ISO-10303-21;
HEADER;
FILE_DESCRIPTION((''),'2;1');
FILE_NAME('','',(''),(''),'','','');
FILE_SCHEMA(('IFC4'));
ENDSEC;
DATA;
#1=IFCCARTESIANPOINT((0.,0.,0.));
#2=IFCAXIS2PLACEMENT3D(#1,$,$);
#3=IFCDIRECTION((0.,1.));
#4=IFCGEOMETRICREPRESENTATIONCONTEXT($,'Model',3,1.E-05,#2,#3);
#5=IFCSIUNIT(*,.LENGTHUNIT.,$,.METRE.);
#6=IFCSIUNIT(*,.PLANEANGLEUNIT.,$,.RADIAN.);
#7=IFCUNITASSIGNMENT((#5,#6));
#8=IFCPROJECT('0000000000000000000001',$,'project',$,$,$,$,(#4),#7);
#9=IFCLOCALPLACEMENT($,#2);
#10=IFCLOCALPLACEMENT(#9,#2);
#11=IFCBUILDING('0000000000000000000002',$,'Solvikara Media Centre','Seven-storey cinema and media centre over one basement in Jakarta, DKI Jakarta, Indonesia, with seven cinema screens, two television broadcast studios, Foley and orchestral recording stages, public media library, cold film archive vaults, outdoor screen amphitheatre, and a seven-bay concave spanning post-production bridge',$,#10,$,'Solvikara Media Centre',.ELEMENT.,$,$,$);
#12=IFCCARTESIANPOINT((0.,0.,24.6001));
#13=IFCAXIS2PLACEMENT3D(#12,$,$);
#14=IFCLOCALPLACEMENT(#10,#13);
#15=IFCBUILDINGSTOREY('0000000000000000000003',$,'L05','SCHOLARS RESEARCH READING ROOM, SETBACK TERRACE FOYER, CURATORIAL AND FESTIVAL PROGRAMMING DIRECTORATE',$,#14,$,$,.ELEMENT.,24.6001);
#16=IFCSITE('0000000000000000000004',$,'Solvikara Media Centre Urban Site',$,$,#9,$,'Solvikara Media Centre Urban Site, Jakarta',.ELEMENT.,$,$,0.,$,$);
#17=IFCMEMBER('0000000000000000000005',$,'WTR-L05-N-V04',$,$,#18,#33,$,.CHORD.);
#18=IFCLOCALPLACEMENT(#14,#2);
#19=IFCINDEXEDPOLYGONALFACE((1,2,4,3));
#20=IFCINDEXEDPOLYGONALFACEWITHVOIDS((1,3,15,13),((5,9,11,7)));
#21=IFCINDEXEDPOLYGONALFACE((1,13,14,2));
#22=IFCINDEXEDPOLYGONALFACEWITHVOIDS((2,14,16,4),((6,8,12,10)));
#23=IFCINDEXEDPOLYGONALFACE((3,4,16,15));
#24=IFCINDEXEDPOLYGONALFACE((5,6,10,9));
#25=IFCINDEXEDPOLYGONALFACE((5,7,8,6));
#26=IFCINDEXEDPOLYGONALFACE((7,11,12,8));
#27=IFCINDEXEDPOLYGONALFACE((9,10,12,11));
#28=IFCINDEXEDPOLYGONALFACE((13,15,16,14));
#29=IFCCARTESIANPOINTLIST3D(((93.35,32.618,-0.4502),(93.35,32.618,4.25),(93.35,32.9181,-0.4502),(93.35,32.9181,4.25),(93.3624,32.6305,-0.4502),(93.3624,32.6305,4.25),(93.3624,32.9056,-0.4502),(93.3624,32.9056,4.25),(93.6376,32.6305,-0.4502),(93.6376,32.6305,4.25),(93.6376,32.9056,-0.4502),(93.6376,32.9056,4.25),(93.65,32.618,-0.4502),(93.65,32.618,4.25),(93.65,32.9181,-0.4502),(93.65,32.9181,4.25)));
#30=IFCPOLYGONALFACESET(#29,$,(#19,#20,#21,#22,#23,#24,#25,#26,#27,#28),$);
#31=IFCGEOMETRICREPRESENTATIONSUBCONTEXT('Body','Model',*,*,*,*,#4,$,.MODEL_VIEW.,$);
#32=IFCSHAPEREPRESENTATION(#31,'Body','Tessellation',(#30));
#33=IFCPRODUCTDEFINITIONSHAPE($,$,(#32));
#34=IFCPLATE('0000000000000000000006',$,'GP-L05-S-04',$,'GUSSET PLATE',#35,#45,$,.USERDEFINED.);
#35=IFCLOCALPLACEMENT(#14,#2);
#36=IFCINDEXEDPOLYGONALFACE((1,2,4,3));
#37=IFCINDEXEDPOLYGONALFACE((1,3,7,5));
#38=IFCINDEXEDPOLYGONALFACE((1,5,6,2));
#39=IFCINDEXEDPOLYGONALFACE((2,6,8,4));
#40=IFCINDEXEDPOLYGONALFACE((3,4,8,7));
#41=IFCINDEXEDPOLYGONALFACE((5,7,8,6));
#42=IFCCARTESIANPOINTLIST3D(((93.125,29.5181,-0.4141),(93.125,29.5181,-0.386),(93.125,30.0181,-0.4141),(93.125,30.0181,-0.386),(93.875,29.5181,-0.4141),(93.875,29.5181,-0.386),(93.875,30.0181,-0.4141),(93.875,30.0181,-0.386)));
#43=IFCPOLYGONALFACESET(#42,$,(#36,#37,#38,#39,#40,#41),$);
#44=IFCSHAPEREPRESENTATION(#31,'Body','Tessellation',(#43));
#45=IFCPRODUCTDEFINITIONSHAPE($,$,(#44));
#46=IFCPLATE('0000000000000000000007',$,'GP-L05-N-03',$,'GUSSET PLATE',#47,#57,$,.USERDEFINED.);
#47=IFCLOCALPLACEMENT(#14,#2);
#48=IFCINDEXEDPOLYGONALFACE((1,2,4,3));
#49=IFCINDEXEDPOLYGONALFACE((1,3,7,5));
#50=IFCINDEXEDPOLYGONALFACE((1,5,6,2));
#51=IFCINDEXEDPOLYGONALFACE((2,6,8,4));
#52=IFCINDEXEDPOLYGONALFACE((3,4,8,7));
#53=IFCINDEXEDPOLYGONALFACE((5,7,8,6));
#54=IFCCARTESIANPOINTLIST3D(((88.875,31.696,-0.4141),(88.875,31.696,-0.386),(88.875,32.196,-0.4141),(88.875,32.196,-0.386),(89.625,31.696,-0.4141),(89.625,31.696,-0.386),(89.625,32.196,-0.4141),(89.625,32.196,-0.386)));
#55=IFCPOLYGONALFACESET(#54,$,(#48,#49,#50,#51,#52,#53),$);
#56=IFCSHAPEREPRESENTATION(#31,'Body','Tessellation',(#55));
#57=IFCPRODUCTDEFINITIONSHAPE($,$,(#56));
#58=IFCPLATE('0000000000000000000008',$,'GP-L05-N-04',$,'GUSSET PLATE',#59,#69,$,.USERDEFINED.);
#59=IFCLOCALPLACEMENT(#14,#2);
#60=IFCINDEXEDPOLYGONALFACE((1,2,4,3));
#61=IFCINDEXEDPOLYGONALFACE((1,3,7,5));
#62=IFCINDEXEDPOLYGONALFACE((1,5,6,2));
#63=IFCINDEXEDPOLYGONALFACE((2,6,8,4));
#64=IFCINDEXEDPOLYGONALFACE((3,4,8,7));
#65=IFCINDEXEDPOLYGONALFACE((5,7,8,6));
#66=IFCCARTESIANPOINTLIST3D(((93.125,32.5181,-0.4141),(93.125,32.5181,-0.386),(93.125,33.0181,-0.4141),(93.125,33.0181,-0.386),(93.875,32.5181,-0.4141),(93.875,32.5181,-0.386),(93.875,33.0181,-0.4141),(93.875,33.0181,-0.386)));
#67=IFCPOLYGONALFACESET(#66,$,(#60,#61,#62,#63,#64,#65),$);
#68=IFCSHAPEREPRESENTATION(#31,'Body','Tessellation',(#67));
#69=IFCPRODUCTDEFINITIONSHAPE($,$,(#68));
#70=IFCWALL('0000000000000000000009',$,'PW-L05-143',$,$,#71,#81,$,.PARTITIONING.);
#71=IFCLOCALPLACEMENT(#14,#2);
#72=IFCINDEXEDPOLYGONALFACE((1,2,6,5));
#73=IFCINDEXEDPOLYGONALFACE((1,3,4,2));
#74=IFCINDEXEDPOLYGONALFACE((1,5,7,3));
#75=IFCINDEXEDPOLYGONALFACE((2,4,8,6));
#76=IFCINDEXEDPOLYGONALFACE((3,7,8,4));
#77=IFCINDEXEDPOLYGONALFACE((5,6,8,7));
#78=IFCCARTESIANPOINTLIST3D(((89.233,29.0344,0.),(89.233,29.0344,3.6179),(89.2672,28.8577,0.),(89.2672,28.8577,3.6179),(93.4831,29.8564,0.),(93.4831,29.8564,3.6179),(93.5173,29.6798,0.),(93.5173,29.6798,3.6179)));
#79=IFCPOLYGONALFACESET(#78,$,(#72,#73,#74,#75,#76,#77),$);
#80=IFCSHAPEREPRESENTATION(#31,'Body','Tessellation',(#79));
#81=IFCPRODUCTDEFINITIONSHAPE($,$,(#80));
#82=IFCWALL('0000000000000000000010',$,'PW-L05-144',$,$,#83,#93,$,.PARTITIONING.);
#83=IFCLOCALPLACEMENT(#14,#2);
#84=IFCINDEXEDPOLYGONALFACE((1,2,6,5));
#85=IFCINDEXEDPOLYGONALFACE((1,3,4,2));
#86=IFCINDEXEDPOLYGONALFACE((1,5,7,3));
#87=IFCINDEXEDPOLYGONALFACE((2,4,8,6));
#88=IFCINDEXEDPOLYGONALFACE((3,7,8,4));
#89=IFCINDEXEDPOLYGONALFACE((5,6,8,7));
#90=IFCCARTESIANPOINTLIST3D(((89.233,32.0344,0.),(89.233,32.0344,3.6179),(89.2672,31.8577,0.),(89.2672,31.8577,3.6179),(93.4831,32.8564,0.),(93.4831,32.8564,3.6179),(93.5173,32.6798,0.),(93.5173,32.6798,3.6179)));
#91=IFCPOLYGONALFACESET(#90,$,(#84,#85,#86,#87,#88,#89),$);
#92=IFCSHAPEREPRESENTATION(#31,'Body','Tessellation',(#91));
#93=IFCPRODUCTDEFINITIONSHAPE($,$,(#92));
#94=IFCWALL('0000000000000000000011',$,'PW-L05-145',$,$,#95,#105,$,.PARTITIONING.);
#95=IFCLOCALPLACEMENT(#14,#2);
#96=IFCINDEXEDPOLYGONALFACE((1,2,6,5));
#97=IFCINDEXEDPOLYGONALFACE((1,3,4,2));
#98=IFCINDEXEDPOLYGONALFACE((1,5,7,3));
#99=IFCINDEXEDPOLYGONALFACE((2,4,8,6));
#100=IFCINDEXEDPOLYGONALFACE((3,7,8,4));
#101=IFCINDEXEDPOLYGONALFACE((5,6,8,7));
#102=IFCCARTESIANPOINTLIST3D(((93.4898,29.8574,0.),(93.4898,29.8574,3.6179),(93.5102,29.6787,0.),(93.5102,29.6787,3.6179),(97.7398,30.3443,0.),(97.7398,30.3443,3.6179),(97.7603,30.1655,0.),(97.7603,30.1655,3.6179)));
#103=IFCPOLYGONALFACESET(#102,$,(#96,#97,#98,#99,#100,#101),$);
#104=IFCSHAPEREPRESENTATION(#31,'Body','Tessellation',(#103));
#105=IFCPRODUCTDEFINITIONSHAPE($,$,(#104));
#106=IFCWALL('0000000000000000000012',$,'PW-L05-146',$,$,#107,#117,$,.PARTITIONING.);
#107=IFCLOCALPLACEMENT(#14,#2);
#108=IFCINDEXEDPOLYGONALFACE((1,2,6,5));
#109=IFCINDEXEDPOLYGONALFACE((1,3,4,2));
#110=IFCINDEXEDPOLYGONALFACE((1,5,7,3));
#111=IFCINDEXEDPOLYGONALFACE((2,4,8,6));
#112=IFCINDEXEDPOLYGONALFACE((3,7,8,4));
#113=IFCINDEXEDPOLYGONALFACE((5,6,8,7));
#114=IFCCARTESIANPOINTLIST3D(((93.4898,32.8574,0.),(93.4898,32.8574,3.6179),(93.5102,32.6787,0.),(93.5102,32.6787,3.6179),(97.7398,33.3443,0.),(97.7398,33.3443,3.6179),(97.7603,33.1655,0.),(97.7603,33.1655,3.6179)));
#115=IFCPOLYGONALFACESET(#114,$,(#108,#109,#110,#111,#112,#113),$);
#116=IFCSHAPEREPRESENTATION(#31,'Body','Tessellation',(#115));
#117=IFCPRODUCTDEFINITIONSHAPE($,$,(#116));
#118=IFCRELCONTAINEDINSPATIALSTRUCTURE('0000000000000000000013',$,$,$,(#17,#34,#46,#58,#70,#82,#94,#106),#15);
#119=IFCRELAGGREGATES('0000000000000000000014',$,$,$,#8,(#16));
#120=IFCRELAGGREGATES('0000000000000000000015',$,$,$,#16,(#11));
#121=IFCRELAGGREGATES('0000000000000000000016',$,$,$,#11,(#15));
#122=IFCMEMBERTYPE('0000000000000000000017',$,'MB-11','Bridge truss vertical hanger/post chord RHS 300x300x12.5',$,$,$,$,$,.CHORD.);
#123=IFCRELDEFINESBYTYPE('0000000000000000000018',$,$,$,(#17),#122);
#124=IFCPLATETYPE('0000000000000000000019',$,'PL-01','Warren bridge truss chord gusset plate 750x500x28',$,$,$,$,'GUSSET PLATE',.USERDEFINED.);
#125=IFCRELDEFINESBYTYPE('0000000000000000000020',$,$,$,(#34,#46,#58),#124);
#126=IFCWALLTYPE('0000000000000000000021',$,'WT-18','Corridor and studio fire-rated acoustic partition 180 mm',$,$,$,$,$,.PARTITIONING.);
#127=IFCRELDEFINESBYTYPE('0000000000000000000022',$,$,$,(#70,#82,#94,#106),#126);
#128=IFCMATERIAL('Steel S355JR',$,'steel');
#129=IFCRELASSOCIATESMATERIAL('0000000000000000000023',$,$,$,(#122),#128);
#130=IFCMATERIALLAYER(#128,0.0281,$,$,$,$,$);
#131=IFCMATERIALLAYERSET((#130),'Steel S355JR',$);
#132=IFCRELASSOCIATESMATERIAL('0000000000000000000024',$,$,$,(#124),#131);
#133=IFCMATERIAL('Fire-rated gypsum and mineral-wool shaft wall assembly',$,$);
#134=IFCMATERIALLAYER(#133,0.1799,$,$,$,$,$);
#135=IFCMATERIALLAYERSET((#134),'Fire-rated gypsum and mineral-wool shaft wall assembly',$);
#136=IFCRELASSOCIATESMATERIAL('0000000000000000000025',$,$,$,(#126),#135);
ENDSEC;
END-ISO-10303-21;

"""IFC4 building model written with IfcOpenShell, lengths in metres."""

from ifc_helpers import new_model, si_unit, direction, frame, frame_2d, origin, origin_2d, place, context, subcontext, project, spatial, rectangle, hollow_rectangle, extrude, material, layer, layer_set, material_profile, profile_set, type_object, element, save


model = new_model("IFC4")

# Units and contexts
model_context = context("Model", 3, precision=1e-05, world=origin(), true_north=direction((0.0, 1.0)))
body_context = subcontext(model_context, "Body", "Model", "MODEL_VIEW")
ifc_project = project(units=[si_unit("LENGTHUNIT", "METRE"), si_unit("PLANEANGLEUNIT", "RADIAN")], contexts=[model_context])

# Site, building, storey
site_placement = place(None, origin())
site = spatial("IfcSite", under=ifc_project, at=site_placement, Name="Solvikara Media Centre Urban Site", LongName="Solvikara Media Centre Urban Site, Jakarta", CompositionType="ELEMENT", RefElevation=0.0)
building_placement = place(site_placement, origin())
building = spatial("IfcBuilding", under=site, at=building_placement, Name="Solvikara Media Centre", Description="Seven-storey cinema and media centre over one basement in Jakarta, DKI Jakarta, Indonesia, with seven cinema screens, two television broadcast studios, Foley and orchestral recording stages, public media library, cold film archive vaults, outdoor screen amphitheatre, and a seven-bay concave spanning post-production bridge", LongName="Solvikara Media Centre", CompositionType="ELEMENT")
storey_placement = place(building_placement, frame((0.0, 0.0, 24.6001)))
storey = spatial("IfcBuildingStorey", under=building, at=storey_placement, Name="L05", Description="SCHOLARS RESEARCH READING ROOM, SETBACK TERRACE FOYER, CURATORIAL AND FESTIVAL PROGRAMMING DIRECTORATE", CompositionType="ELEMENT", Elevation=24.6001)

# Shared definitions
ifc_material_1 = material(Name="Steel S355JR", Category="steel")

# Member
ifc_material_profile_1 = material_profile(ifc_material_1, hollow_rectangle(XDim=0.3, YDim=0.3, WallThickness=0.0125, at=origin_2d()), Name="RHS 300x300x12.5")
ifc_profile_set_1 = profile_set([ifc_material_profile_1], Name="Steel S355JR")
member_type_1 = type_object("IfcMemberType", Name="MB-11", Description="Bridge truss vertical hanger/post chord RHS 300x300x12.5", PredefinedType="CHORD", material=ifc_profile_set_1)
for number, where, z_axis, x_axis, name in (
    (1, (93.5, 32.7681, -0.4502), (0.0, 0.0, 1.0), (1.0, 0.0, 0.0), "WTR-L05-N-V04"),
):
    element("IfcMember", number, at=place(storey_placement, frame(where, z_axis=z_axis, x_axis=x_axis)), inside=storey, type_object=member_type_1, Name=name, PredefinedType="CHORD", context=body_context, shape_type="SweptSolid", body=[
        extrude(hollow_rectangle(XDim=0.3, YDim=0.3, WallThickness=0.0125, at=origin_2d()), origin(), (0.0, 0.0, 1.0), 4.7002),
    ])

# Plates
ifc_layer_1 = layer(ifc_material_1, 0.0281)
ifc_layer_set_1 = layer_set([ifc_layer_1], Name="Steel S355JR")
plate_type = type_object("IfcPlateType", Name="PL-01", Description="Warren bridge truss chord gusset plate 750x500x28", ElementType="GUSSET PLATE", PredefinedType="USERDEFINED", material=ifc_layer_set_1)
for number, where, z_axis, x_axis, name in (
    (2, (93.5, 29.7681, -0.4141), (0.0, 0.0, 1.0), (1.0, 0.0, 0.0), "GP-L05-S-04"),
    (3, (89.25, 31.946, -0.4141), (0.0, 0.0, 1.0), (1.0, 0.0, 0.0), "GP-L05-N-03"),
    (4, (93.5, 32.7681, -0.4141), (0.0, 0.0, 1.0), (1.0, 0.0, 0.0), "GP-L05-N-04"),
):
    element("IfcPlate", number, at=place(storey_placement, frame(where, z_axis=z_axis, x_axis=x_axis)), inside=storey, type_object=plate_type, Name=name, ObjectType="GUSSET PLATE", PredefinedType="USERDEFINED", context=body_context, shape_type="SweptSolid", body=[
        extrude(rectangle(XDim=0.75, YDim=0.5, at=origin_2d()), origin(), (0.0, 0.0, 1.0), 0.0281),
    ])

# Walls
ifc_material_2 = material(Name="Fire-rated gypsum and mineral-wool shaft wall assembly")
ifc_layer_2 = layer(ifc_material_2, 0.1799)
ifc_layer_set_2 = layer_set([ifc_layer_2], Name="Fire-rated gypsum and mineral-wool shaft wall assembly")
wall_type = type_object("IfcWallType", Name="WT-18", Description="Corridor and studio fire-rated acoustic partition 180 mm", PredefinedType="PARTITIONING", material=ifc_layer_set_2)
for number, where, z_axis, x_axis, name in (
    (5, (89.25, 28.946, 0.0), (0.0, 0.0, 1.0), (0.981804, 0.189897, 0.0), "PW-L05-143"),
    (6, (89.25, 31.946, 0.0), (0.0, 0.0, 1.0), (0.981804, 0.189897, 0.0), "PW-L05-144"),
):
    element("IfcWall", number, at=place(storey_placement, frame(where, z_axis=z_axis, x_axis=x_axis)), inside=storey, type_object=wall_type, Name=name, PredefinedType="PARTITIONING", context=body_context, shape_type="SweptSolid", body=[
        extrude(rectangle(XDim=4.3289, YDim=0.1799, at=frame_2d((2.1646, 0.0))), origin(), (0.0, 0.0, 1.0), 3.6179),
    ])
for number, where, z_axis, x_axis, name in (
    (7, (93.5, 29.7681, 0.0), (0.0, 0.0, 1.0), (0.993504, 0.113801, 0.0), "PW-L05-145"),
    (8, (93.5, 32.7681, 0.0), (0.0, 0.0, 1.0), (0.993504, 0.113801, 0.0), "PW-L05-146"),
):
    element("IfcWall", number, at=place(storey_placement, frame(where, z_axis=z_axis, x_axis=x_axis)), inside=storey, type_object=wall_type, Name=name, PredefinedType="PARTITIONING", context=body_context, shape_type="SweptSolid", body=[
        extrude(rectangle(XDim=4.2778, YDim=0.1799, at=frame_2d((2.1389, 0.0))), origin(), (0.0, 0.0, 1.0), 3.6179),
    ])

save(model, "model.ifc")
